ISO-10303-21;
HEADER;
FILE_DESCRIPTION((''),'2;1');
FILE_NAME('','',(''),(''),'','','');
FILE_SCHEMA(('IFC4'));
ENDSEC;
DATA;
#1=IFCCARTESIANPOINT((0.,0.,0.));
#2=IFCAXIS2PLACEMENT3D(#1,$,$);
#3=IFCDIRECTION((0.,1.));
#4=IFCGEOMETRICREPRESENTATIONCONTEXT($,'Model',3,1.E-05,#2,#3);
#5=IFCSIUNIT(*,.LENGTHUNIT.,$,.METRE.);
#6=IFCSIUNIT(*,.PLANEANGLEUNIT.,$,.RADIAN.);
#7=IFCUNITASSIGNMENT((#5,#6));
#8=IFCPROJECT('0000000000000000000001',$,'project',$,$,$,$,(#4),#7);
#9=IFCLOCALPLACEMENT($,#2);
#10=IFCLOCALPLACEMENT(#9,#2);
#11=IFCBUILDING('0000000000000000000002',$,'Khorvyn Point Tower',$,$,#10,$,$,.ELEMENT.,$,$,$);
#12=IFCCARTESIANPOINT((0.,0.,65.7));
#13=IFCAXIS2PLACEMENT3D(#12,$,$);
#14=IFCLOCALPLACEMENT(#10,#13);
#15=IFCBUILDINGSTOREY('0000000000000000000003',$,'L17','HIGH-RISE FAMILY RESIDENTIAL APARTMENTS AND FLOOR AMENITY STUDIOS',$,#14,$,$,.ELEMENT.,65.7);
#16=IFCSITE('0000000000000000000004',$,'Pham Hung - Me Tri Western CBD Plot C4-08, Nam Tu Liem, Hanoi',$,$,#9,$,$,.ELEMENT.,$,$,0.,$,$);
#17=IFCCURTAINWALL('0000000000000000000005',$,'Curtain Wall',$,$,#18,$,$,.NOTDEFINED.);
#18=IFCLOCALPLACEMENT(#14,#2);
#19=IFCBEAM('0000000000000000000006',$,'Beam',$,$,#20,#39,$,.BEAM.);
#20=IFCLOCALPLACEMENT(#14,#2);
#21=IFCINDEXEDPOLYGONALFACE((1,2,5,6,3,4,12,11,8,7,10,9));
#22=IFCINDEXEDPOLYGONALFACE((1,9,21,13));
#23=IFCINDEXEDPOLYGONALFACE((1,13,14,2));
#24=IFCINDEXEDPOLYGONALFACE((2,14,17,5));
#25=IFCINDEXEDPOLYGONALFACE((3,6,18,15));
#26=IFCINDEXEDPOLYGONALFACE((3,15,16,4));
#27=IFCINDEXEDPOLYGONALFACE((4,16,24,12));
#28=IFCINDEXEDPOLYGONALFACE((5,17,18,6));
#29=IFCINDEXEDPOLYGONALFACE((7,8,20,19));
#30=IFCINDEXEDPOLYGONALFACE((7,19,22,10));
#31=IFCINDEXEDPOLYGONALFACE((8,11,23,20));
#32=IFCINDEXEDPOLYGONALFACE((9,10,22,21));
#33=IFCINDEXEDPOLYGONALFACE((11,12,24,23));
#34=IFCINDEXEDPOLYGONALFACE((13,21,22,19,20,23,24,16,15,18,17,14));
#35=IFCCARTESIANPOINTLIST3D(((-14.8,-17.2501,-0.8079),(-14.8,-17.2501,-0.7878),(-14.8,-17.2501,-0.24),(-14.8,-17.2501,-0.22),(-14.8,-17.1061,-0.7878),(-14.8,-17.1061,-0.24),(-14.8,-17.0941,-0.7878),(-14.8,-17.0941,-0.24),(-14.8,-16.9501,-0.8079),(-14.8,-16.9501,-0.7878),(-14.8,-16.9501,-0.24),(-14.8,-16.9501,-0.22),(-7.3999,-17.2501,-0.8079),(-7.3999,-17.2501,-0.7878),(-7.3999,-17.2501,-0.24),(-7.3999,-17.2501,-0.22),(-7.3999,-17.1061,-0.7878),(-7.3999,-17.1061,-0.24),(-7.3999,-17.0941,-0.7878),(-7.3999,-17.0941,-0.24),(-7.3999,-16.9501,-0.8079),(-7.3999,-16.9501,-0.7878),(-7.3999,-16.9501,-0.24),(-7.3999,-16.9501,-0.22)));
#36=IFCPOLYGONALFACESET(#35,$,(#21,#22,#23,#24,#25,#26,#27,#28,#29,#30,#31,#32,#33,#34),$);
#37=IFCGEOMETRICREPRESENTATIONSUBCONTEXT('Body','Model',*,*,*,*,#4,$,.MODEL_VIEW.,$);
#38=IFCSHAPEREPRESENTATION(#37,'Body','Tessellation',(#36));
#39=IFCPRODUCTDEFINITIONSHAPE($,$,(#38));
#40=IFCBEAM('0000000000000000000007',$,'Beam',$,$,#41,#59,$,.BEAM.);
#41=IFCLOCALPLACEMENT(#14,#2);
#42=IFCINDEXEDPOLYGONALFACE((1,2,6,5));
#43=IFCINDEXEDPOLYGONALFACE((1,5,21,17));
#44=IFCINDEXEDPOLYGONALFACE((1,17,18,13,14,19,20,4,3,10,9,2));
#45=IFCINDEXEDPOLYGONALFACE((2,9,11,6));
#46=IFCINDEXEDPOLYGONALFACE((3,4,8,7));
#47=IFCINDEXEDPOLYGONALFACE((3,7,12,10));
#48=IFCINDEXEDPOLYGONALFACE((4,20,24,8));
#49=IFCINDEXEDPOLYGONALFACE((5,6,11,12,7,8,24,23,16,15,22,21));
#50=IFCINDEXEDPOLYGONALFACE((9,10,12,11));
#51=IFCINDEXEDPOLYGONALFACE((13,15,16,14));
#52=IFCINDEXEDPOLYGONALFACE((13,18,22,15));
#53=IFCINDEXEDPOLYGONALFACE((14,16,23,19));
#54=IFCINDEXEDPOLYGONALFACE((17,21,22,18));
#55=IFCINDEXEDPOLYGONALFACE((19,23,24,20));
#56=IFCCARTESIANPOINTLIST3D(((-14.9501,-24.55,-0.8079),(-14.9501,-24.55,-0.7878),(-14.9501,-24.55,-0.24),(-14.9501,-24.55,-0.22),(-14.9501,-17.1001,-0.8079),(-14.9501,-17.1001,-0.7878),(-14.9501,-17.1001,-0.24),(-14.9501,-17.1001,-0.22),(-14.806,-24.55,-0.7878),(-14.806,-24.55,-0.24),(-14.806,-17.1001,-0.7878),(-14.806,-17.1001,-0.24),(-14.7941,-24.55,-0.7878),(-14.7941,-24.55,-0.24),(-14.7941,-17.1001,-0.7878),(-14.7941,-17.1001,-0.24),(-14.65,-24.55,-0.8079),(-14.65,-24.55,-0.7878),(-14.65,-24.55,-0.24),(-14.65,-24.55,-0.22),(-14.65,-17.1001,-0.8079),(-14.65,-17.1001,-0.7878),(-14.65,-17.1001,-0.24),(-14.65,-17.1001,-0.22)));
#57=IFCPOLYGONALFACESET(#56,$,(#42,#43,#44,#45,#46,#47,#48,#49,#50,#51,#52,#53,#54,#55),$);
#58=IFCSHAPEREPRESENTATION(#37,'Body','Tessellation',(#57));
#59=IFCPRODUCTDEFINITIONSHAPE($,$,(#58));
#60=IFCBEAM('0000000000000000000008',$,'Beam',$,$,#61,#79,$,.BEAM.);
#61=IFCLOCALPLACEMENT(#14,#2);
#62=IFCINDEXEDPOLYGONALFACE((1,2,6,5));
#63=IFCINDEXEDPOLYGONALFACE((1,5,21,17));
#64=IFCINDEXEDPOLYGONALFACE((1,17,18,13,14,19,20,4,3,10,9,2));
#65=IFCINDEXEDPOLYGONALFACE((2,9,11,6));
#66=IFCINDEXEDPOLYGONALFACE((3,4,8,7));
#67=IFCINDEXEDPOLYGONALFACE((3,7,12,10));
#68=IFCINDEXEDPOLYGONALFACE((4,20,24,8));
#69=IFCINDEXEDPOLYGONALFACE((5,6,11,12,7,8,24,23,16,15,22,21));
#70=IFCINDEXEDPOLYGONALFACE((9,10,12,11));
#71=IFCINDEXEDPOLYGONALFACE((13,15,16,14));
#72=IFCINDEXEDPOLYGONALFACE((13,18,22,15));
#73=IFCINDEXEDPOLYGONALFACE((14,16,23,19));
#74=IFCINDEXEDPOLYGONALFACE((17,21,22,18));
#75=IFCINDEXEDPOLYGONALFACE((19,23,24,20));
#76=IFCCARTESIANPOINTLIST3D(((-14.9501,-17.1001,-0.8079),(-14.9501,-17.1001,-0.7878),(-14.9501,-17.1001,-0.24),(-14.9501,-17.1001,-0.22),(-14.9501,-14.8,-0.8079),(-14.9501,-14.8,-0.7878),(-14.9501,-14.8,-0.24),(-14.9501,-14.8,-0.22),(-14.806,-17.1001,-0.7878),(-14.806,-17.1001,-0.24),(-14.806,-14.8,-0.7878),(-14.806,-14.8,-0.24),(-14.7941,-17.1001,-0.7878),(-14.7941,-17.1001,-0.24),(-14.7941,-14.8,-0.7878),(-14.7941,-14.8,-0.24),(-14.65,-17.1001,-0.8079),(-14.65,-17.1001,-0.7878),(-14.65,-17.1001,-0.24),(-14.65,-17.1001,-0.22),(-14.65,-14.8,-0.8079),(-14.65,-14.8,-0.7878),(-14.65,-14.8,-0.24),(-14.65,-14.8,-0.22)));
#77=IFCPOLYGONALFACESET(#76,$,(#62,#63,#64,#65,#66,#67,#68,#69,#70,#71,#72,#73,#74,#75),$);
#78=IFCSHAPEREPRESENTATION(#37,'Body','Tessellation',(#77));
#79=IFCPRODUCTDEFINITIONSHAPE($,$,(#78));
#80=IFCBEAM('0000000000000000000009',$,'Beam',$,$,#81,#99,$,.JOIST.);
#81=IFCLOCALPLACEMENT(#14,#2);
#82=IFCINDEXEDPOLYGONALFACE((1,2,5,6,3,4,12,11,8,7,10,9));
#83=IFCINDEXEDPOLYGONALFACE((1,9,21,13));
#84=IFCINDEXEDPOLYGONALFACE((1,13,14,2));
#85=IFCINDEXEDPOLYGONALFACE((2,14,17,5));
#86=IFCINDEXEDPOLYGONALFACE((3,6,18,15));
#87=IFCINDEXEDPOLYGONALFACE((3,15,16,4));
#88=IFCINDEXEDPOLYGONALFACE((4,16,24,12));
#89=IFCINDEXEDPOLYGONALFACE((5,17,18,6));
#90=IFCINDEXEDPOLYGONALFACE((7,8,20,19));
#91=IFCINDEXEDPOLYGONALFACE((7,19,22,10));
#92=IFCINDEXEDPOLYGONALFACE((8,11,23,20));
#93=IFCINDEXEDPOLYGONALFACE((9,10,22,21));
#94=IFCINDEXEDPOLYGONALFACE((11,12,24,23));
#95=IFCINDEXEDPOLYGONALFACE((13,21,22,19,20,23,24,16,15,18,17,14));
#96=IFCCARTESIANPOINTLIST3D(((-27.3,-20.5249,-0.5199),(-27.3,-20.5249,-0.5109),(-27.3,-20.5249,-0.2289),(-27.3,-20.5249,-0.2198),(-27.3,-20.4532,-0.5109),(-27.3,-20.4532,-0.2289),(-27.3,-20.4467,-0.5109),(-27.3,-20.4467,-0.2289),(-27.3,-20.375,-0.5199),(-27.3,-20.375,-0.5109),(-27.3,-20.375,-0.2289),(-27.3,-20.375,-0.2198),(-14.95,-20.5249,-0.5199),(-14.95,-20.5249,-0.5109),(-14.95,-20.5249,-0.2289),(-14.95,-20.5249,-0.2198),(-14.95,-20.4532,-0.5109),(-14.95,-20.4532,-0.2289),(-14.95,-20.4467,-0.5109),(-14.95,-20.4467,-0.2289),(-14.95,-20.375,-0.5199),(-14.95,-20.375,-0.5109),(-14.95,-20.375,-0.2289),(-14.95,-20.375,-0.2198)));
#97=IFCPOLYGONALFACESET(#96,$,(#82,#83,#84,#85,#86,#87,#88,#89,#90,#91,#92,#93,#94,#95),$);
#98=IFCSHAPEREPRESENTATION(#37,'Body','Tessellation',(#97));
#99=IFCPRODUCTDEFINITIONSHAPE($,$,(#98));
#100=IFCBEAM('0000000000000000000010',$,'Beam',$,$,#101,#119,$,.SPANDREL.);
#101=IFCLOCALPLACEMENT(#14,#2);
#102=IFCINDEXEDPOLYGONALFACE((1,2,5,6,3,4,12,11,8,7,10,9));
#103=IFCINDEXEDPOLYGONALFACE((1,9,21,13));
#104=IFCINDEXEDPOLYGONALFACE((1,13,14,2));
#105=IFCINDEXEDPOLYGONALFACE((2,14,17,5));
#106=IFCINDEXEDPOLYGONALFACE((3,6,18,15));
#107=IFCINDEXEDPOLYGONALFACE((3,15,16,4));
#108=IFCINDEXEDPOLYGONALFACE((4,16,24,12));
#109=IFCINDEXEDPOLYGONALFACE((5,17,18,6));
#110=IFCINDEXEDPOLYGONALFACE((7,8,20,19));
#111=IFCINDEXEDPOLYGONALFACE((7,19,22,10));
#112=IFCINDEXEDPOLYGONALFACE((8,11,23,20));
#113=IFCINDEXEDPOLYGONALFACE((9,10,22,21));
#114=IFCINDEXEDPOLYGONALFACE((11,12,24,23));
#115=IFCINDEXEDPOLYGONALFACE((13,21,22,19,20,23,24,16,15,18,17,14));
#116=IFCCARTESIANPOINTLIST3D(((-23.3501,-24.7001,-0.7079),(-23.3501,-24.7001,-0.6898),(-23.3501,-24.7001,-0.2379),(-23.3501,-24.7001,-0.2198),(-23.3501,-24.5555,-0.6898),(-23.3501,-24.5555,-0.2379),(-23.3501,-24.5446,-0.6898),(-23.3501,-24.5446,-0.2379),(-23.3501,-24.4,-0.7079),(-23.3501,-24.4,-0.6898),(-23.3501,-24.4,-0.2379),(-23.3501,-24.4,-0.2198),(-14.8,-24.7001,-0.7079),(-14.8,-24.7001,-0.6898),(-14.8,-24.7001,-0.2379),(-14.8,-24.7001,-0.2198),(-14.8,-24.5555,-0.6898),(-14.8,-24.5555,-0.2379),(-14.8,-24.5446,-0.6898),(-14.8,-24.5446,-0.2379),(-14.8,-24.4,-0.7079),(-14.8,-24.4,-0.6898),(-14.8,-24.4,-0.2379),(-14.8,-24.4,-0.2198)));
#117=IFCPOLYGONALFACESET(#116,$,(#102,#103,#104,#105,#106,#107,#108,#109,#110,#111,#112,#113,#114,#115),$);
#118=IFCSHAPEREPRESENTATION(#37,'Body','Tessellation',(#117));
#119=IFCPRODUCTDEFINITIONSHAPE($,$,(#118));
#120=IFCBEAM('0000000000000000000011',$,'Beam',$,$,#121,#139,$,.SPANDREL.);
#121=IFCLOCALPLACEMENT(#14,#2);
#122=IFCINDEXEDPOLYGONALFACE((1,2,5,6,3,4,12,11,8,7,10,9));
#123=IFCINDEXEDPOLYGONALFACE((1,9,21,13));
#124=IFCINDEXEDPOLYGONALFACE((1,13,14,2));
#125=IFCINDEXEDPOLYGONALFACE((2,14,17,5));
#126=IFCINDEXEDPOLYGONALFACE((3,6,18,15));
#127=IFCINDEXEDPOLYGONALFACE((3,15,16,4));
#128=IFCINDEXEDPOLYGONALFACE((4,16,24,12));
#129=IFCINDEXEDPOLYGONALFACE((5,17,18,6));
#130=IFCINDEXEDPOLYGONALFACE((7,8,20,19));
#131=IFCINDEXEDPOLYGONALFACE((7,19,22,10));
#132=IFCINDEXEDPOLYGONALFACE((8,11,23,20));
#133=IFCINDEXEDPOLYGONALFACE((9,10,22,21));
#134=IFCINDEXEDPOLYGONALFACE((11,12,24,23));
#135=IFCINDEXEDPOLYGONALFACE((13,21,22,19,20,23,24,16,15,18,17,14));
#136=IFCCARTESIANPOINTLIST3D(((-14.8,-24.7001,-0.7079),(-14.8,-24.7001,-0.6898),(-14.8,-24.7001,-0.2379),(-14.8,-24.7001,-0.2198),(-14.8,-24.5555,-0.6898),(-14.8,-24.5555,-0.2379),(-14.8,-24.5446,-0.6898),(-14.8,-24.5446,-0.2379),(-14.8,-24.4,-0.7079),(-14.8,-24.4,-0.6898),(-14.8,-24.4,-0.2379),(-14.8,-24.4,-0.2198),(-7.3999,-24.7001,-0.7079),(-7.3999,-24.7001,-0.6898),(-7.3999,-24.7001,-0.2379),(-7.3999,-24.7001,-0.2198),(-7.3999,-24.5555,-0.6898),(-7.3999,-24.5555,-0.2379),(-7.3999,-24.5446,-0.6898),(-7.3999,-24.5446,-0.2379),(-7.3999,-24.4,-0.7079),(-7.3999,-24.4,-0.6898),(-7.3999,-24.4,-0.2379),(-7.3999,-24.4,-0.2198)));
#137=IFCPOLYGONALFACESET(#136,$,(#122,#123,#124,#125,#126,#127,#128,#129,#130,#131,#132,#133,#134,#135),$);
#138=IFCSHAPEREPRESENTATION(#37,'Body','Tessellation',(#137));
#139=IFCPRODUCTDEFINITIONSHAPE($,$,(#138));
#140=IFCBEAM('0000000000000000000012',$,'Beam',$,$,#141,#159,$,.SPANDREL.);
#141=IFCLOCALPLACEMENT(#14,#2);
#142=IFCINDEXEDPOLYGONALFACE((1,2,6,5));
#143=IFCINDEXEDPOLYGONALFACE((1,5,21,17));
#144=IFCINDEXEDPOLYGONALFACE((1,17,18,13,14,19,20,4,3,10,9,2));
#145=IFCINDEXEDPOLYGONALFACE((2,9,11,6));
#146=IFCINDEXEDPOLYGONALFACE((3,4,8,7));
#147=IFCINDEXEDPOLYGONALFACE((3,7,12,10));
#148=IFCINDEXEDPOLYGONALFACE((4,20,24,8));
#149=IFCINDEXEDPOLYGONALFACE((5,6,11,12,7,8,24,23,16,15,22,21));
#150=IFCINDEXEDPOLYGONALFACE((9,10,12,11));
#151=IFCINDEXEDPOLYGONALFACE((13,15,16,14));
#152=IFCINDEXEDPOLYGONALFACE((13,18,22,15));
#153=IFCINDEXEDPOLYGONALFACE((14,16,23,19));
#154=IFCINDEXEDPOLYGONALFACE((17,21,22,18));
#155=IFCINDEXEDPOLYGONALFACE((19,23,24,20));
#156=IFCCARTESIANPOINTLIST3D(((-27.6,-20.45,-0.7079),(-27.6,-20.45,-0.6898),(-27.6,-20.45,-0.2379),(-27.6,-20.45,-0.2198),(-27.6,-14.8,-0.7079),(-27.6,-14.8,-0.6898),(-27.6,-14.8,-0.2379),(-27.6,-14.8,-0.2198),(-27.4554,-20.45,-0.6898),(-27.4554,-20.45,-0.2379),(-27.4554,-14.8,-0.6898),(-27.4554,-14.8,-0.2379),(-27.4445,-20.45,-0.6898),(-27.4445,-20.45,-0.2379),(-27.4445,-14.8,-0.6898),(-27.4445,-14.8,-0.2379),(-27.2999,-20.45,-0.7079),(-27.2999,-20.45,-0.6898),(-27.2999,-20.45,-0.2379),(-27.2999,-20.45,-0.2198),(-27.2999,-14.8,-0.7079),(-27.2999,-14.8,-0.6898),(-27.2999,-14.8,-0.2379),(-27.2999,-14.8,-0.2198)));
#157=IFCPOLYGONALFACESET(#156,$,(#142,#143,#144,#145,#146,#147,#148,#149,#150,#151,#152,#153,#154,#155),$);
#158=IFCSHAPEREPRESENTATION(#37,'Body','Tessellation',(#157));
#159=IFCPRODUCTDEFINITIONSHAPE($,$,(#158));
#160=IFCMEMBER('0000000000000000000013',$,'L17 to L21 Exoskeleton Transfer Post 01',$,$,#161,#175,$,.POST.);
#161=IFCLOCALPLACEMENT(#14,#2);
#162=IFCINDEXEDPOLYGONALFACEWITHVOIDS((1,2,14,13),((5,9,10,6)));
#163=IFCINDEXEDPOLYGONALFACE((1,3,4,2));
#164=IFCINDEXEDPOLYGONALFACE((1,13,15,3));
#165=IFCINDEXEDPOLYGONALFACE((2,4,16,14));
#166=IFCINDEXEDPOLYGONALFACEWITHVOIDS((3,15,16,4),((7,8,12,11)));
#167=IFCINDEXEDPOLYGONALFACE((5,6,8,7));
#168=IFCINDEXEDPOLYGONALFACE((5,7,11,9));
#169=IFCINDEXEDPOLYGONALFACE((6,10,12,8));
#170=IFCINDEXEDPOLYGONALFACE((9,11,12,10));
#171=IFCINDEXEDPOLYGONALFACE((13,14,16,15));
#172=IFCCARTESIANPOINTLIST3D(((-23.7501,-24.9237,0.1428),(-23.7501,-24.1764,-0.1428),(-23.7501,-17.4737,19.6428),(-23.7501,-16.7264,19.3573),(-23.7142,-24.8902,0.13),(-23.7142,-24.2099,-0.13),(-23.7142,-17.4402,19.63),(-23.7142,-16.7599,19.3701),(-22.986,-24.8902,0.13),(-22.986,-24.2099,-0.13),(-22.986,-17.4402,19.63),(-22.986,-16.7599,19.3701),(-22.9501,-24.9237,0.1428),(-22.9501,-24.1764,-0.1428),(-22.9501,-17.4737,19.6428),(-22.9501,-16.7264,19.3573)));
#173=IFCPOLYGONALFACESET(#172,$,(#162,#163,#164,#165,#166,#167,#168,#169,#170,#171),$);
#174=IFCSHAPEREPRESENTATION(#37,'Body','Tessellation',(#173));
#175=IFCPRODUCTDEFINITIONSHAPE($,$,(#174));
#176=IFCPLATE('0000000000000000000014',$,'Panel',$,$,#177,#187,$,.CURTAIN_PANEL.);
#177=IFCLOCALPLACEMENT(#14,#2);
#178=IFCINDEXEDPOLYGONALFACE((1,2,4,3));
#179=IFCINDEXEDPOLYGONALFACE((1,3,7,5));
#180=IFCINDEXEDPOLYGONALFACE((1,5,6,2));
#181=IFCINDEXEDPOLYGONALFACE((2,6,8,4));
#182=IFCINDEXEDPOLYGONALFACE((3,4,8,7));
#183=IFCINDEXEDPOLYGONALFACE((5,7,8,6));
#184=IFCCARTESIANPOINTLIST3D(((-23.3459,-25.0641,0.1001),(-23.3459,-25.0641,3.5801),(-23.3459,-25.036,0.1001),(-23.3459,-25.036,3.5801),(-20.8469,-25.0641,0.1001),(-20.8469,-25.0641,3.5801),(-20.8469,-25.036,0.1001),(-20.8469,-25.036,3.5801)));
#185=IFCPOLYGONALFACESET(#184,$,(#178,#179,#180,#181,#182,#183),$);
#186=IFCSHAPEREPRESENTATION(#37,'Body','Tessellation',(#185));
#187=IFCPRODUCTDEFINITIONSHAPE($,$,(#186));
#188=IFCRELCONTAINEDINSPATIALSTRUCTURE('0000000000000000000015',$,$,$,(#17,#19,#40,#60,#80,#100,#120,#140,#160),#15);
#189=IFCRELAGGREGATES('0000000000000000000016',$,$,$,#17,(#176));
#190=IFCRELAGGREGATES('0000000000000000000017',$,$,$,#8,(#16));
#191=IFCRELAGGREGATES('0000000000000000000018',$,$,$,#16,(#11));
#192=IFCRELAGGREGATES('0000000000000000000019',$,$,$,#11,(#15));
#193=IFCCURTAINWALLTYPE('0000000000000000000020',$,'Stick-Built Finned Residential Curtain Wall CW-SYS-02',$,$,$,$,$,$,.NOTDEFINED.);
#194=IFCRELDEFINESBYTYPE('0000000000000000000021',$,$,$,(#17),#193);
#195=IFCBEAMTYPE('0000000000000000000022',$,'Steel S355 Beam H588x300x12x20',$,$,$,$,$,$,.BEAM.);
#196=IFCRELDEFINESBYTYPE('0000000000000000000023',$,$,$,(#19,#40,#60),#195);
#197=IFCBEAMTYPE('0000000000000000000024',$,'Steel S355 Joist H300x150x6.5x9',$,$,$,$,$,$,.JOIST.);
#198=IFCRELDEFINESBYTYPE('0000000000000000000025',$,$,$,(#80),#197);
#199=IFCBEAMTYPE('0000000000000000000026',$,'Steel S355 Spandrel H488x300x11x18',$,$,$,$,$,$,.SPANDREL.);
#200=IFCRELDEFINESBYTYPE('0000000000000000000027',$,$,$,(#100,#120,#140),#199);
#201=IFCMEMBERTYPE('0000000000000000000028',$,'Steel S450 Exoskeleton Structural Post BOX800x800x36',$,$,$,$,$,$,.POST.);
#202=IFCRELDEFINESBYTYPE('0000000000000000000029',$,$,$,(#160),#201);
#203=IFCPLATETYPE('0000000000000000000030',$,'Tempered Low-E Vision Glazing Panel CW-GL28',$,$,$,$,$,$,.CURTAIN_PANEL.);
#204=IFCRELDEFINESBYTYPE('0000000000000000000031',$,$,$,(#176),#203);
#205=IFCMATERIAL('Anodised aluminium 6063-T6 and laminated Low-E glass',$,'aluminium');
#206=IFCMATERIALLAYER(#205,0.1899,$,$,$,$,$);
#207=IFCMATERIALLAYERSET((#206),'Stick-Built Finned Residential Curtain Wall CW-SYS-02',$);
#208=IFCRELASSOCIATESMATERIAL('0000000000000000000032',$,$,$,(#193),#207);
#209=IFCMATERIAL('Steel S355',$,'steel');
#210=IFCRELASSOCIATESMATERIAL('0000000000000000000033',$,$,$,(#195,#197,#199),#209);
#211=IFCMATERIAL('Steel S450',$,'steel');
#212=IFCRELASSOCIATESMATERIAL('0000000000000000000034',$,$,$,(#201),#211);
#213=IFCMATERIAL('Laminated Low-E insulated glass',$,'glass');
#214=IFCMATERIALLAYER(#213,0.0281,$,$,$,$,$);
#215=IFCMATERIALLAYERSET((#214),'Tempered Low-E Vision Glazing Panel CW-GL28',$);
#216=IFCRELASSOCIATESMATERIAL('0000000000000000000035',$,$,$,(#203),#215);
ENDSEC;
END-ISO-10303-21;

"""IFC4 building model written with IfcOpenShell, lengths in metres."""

from ifc_helpers import new_model, si_unit, direction, frame, origin, origin_2d, place, context, subcontext, project, spatial, rectangle, hollow_rectangle, i_section, extrude, material, layer, layer_set, material_profile, profile_set, type_object, element, aggregate, save


model = new_model("IFC4")

# Units and contexts
model_context = context("Model", 3, precision=1e-05, world=origin(), true_north=direction((0.0, 1.0)))
body_context = subcontext(model_context, "Body", "Model", "MODEL_VIEW")
ifc_project = project(units=[si_unit("LENGTHUNIT", "METRE"), si_unit("PLANEANGLEUNIT", "RADIAN")], contexts=[model_context])

# Site, building, storey
site_placement = place(None, origin())
site = spatial("IfcSite", under=ifc_project, at=site_placement, Name="Pham Hung - Me Tri Western CBD Plot C4-08, Nam Tu Liem, Hanoi", CompositionType="ELEMENT", RefElevation=0.0)
building_placement = place(site_placement, origin())
building = spatial("IfcBuilding", under=site, at=building_placement, Name="Khorvyn Point Tower", CompositionType="ELEMENT")
storey_placement = place(building_placement, frame((0.0, 0.0, 65.7)))
storey = spatial("IfcBuildingStorey", under=building, at=storey_placement, Name="L17", Description="HIGH-RISE FAMILY RESIDENTIAL APARTMENTS AND FLOOR AMENITY STUDIOS", CompositionType="ELEMENT", Elevation=65.7)

# Shared definitions
ifc_material_1 = material(Name="Steel S450", Category="steel")

# Curtain wall
ifc_material_2 = material(Name="Anodised aluminium 6063-T6 and laminated Low-E glass", Category="aluminium")
ifc_layer_1 = layer(ifc_material_2, 0.1899)
ifc_layer_set_1 = layer_set([ifc_layer_1], Name="Stick-Built Finned Residential Curtain Wall CW-SYS-02")
curtain_wall_type = type_object("IfcCurtainWallType", Name="Stick-Built Finned Residential Curtain Wall CW-SYS-02", PredefinedType="NOTDEFINED", material=ifc_layer_set_1)
curtain_wall_1_placement = place(storey_placement, origin())
curtain_wall_1 = element("IfcCurtainWall", 1, at=curtain_wall_1_placement, inside=storey, type_object=curtain_wall_type, Name="Curtain Wall", PredefinedType="NOTDEFINED")

# Beams
ifc_material_3 = material(Name="Steel S355", Category="steel")
ifc_material_profile_1 = material_profile(ifc_material_3, i_section(OverallWidth=0.3, OverallDepth=0.5879, WebThickness=0.012, FlangeThickness=0.02, at=origin_2d()))
ifc_profile_set_1 = profile_set([ifc_material_profile_1], Name="Steel S355 H588x300x12x20")
beam_type_1 = type_object("IfcBeamType", Name="Steel S355 Beam H588x300x12x20", PredefinedType="BEAM", material=ifc_profile_set_1)
beam_1_placement = place(storey_placement, frame((-14.8, -17.1001, -0.5139), z_axis=(1.0, 0.0, 0.0), x_axis=(0.0, 1.0, 0.0)))
element("IfcBeam", 2, at=beam_1_placement, inside=storey, type_object=beam_type_1, Name="Beam", PredefinedType="BEAM", context=body_context, shape_type="SweptSolid", body=[
    extrude(i_section(OverallWidth=0.3, OverallDepth=0.5879, WebThickness=0.012, FlangeThickness=0.02, at=origin_2d()), origin(), (0.0, 0.0, 1.0), 7.4001),
])
beam_2_placement = place(storey_placement, frame((-14.8, -24.55, -0.5139), z_axis=(0.0, 1.0, 0.0), x_axis=(-1.0, 0.0, 0.0)))
element("IfcBeam", 3, at=beam_2_placement, inside=storey, type_object=beam_type_1, Name="Beam", PredefinedType="BEAM", context=body_context, shape_type="SweptSolid", body=[
    extrude(i_section(OverallWidth=0.3, OverallDepth=0.5879, WebThickness=0.012, FlangeThickness=0.02, at=origin_2d()), origin(), (0.0, 0.0, 1.0), 7.45),
])
beam_3_placement = place(storey_placement, frame((-14.8, -17.1001, -0.5139), z_axis=(0.0, 1.0, 0.0), x_axis=(-1.0, 0.0, 0.0)))
element("IfcBeam", 4, at=beam_3_placement, inside=storey, type_object=beam_type_1, Name="Beam", PredefinedType="BEAM", context=body_context, shape_type="SweptSolid", body=[
    extrude(i_section(OverallWidth=0.3, OverallDepth=0.5879, WebThickness=0.012, FlangeThickness=0.02, at=origin_2d()), origin(), (0.0, 0.0, 1.0), 2.3),
])
ifc_material_profile_2 = material_profile(ifc_material_3, i_section(OverallWidth=0.1499, OverallDepth=0.3, WebThickness=0.0066, FlangeThickness=0.009, at=origin_2d()))
ifc_profile_set_2 = profile_set([ifc_material_profile_2], Name="Steel S355 H300x150x6.5x9")
beam_type_2 = type_object("IfcBeamType", Name="Steel S355 Joist H300x150x6.5x9", PredefinedType="JOIST", material=ifc_profile_set_2)
beam_4_placement = place(storey_placement, frame((-27.3, -20.45, -0.3699), z_axis=(1.0, 0.0, 0.0), x_axis=(0.0, 1.0, 0.0)))
element("IfcBeam", 5, at=beam_4_placement, inside=storey, type_object=beam_type_2, Name="Beam", PredefinedType="JOIST", context=body_context, shape_type="SweptSolid", body=[
    extrude(i_section(OverallWidth=0.1499, OverallDepth=0.3, WebThickness=0.0066, FlangeThickness=0.009, at=origin_2d()), origin(), (0.0, 0.0, 1.0), 12.3501),
])
ifc_material_profile_3 = material_profile(ifc_material_3, i_section(OverallWidth=0.3, OverallDepth=0.488, WebThickness=0.011, FlangeThickness=0.0181, at=origin_2d()))
ifc_profile_set_3 = profile_set([ifc_material_profile_3], Name="Steel S355 H488x300x11x18")
beam_type_3 = type_object("IfcBeamType", Name="Steel S355 Spandrel H488x300x11x18", PredefinedType="SPANDREL", material=ifc_profile_set_3)
beam_5_placement = place(storey_placement, frame((-23.3501, -24.55, -0.4639), z_axis=(1.0, 0.0, 0.0), x_axis=(0.0, 1.0, 0.0)))
element("IfcBeam", 6, at=beam_5_placement, inside=storey, type_object=beam_type_3, Name="Beam", PredefinedType="SPANDREL", context=body_context, shape_type="SweptSolid", body=[
    extrude(i_section(OverallWidth=0.3, OverallDepth=0.488, WebThickness=0.011, FlangeThickness=0.0181, at=origin_2d()), origin(), (0.0, 0.0, 1.0), 8.55),
])
beam_6_placement = place(storey_placement, frame((-14.8, -24.55, -0.4639), z_axis=(1.0, 0.0, 0.0), x_axis=(0.0, 1.0, 0.0)))
element("IfcBeam", 7, at=beam_6_placement, inside=storey, type_object=beam_type_3, Name="Beam", PredefinedType="SPANDREL", context=body_context, shape_type="SweptSolid", body=[
    extrude(i_section(OverallWidth=0.3, OverallDepth=0.488, WebThickness=0.011, FlangeThickness=0.0181, at=origin_2d()), origin(), (0.0, 0.0, 1.0), 7.4001),
])
beam_7_placement = place(storey_placement, frame((-27.45, -20.45, -0.4639), z_axis=(0.0, 1.0, 0.0), x_axis=(-1.0, 0.0, 0.0)))
element("IfcBeam", 8, at=beam_7_placement, inside=storey, type_object=beam_type_3, Name="Beam", PredefinedType="SPANDREL", context=body_context, shape_type="SweptSolid", body=[
    extrude(i_section(OverallWidth=0.3, OverallDepth=0.488, WebThickness=0.011, FlangeThickness=0.0181, at=origin_2d()), origin(), (0.0, 0.0, 1.0), 5.6499),
])

# Member
ifc_material_profile_4 = material_profile(ifc_material_1, hollow_rectangle(XDim=0.8, YDim=0.8, WallThickness=0.0359, at=origin_2d()))
ifc_profile_set_4 = profile_set([ifc_material_profile_4], Name="Steel S450 BOX800x800x36")
member_type_1 = type_object("IfcMemberType", Name="Steel S450 Exoskeleton Structural Post BOX800x800x36", PredefinedType="POST", material=ifc_profile_set_4)
member_1_placement = place(storey_placement, frame((-23.3501, -24.55, 0.0), z_axis=(0.0, 0.35689, 0.934147), x_axis=(-1.0, 0.0, 0.0)))
element("IfcMember", 9, at=member_1_placement, inside=storey, type_object=member_type_1, Name="L17 to L21 Exoskeleton Transfer Post 01", PredefinedType="POST", context=body_context, shape_type="SweptSolid", body=[
    extrude(hollow_rectangle(XDim=0.8, YDim=0.8, WallThickness=0.0359, at=origin_2d()), origin(), (0.0, 0.0, 1.0), 20.8748),
])

# Plate
ifc_material_4 = material(Name="Laminated Low-E insulated glass", Category="glass")
ifc_layer_2 = layer(ifc_material_4, 0.0281)
ifc_layer_set_2 = layer_set([ifc_layer_2], Name="Tempered Low-E Vision Glazing Panel CW-GL28")
plate_type = type_object("IfcPlateType", Name="Tempered Low-E Vision Glazing Panel CW-GL28", PredefinedType="CURTAIN_PANEL", material=ifc_layer_set_2)
plate_1_placement = place(storey_placement, frame((-22.0964, -25.05, 0.1001), z_axis=(0.0, 0.0, 1.0), x_axis=(-1.0, 0.0, 0.0)))
plate_1 = element("IfcPlate", 10, at=plate_1_placement, type_object=plate_type, Name="Panel", PredefinedType="CURTAIN_PANEL", context=body_context, shape_type="SweptSolid", body=[
    extrude(rectangle(XDim=2.499, YDim=0.0281, at=origin_2d()), origin(), (0.0, 0.0, 1.0), 3.48),
])
aggregate(curtain_wall_1, [plate_1])

save(model, "model.ifc")
